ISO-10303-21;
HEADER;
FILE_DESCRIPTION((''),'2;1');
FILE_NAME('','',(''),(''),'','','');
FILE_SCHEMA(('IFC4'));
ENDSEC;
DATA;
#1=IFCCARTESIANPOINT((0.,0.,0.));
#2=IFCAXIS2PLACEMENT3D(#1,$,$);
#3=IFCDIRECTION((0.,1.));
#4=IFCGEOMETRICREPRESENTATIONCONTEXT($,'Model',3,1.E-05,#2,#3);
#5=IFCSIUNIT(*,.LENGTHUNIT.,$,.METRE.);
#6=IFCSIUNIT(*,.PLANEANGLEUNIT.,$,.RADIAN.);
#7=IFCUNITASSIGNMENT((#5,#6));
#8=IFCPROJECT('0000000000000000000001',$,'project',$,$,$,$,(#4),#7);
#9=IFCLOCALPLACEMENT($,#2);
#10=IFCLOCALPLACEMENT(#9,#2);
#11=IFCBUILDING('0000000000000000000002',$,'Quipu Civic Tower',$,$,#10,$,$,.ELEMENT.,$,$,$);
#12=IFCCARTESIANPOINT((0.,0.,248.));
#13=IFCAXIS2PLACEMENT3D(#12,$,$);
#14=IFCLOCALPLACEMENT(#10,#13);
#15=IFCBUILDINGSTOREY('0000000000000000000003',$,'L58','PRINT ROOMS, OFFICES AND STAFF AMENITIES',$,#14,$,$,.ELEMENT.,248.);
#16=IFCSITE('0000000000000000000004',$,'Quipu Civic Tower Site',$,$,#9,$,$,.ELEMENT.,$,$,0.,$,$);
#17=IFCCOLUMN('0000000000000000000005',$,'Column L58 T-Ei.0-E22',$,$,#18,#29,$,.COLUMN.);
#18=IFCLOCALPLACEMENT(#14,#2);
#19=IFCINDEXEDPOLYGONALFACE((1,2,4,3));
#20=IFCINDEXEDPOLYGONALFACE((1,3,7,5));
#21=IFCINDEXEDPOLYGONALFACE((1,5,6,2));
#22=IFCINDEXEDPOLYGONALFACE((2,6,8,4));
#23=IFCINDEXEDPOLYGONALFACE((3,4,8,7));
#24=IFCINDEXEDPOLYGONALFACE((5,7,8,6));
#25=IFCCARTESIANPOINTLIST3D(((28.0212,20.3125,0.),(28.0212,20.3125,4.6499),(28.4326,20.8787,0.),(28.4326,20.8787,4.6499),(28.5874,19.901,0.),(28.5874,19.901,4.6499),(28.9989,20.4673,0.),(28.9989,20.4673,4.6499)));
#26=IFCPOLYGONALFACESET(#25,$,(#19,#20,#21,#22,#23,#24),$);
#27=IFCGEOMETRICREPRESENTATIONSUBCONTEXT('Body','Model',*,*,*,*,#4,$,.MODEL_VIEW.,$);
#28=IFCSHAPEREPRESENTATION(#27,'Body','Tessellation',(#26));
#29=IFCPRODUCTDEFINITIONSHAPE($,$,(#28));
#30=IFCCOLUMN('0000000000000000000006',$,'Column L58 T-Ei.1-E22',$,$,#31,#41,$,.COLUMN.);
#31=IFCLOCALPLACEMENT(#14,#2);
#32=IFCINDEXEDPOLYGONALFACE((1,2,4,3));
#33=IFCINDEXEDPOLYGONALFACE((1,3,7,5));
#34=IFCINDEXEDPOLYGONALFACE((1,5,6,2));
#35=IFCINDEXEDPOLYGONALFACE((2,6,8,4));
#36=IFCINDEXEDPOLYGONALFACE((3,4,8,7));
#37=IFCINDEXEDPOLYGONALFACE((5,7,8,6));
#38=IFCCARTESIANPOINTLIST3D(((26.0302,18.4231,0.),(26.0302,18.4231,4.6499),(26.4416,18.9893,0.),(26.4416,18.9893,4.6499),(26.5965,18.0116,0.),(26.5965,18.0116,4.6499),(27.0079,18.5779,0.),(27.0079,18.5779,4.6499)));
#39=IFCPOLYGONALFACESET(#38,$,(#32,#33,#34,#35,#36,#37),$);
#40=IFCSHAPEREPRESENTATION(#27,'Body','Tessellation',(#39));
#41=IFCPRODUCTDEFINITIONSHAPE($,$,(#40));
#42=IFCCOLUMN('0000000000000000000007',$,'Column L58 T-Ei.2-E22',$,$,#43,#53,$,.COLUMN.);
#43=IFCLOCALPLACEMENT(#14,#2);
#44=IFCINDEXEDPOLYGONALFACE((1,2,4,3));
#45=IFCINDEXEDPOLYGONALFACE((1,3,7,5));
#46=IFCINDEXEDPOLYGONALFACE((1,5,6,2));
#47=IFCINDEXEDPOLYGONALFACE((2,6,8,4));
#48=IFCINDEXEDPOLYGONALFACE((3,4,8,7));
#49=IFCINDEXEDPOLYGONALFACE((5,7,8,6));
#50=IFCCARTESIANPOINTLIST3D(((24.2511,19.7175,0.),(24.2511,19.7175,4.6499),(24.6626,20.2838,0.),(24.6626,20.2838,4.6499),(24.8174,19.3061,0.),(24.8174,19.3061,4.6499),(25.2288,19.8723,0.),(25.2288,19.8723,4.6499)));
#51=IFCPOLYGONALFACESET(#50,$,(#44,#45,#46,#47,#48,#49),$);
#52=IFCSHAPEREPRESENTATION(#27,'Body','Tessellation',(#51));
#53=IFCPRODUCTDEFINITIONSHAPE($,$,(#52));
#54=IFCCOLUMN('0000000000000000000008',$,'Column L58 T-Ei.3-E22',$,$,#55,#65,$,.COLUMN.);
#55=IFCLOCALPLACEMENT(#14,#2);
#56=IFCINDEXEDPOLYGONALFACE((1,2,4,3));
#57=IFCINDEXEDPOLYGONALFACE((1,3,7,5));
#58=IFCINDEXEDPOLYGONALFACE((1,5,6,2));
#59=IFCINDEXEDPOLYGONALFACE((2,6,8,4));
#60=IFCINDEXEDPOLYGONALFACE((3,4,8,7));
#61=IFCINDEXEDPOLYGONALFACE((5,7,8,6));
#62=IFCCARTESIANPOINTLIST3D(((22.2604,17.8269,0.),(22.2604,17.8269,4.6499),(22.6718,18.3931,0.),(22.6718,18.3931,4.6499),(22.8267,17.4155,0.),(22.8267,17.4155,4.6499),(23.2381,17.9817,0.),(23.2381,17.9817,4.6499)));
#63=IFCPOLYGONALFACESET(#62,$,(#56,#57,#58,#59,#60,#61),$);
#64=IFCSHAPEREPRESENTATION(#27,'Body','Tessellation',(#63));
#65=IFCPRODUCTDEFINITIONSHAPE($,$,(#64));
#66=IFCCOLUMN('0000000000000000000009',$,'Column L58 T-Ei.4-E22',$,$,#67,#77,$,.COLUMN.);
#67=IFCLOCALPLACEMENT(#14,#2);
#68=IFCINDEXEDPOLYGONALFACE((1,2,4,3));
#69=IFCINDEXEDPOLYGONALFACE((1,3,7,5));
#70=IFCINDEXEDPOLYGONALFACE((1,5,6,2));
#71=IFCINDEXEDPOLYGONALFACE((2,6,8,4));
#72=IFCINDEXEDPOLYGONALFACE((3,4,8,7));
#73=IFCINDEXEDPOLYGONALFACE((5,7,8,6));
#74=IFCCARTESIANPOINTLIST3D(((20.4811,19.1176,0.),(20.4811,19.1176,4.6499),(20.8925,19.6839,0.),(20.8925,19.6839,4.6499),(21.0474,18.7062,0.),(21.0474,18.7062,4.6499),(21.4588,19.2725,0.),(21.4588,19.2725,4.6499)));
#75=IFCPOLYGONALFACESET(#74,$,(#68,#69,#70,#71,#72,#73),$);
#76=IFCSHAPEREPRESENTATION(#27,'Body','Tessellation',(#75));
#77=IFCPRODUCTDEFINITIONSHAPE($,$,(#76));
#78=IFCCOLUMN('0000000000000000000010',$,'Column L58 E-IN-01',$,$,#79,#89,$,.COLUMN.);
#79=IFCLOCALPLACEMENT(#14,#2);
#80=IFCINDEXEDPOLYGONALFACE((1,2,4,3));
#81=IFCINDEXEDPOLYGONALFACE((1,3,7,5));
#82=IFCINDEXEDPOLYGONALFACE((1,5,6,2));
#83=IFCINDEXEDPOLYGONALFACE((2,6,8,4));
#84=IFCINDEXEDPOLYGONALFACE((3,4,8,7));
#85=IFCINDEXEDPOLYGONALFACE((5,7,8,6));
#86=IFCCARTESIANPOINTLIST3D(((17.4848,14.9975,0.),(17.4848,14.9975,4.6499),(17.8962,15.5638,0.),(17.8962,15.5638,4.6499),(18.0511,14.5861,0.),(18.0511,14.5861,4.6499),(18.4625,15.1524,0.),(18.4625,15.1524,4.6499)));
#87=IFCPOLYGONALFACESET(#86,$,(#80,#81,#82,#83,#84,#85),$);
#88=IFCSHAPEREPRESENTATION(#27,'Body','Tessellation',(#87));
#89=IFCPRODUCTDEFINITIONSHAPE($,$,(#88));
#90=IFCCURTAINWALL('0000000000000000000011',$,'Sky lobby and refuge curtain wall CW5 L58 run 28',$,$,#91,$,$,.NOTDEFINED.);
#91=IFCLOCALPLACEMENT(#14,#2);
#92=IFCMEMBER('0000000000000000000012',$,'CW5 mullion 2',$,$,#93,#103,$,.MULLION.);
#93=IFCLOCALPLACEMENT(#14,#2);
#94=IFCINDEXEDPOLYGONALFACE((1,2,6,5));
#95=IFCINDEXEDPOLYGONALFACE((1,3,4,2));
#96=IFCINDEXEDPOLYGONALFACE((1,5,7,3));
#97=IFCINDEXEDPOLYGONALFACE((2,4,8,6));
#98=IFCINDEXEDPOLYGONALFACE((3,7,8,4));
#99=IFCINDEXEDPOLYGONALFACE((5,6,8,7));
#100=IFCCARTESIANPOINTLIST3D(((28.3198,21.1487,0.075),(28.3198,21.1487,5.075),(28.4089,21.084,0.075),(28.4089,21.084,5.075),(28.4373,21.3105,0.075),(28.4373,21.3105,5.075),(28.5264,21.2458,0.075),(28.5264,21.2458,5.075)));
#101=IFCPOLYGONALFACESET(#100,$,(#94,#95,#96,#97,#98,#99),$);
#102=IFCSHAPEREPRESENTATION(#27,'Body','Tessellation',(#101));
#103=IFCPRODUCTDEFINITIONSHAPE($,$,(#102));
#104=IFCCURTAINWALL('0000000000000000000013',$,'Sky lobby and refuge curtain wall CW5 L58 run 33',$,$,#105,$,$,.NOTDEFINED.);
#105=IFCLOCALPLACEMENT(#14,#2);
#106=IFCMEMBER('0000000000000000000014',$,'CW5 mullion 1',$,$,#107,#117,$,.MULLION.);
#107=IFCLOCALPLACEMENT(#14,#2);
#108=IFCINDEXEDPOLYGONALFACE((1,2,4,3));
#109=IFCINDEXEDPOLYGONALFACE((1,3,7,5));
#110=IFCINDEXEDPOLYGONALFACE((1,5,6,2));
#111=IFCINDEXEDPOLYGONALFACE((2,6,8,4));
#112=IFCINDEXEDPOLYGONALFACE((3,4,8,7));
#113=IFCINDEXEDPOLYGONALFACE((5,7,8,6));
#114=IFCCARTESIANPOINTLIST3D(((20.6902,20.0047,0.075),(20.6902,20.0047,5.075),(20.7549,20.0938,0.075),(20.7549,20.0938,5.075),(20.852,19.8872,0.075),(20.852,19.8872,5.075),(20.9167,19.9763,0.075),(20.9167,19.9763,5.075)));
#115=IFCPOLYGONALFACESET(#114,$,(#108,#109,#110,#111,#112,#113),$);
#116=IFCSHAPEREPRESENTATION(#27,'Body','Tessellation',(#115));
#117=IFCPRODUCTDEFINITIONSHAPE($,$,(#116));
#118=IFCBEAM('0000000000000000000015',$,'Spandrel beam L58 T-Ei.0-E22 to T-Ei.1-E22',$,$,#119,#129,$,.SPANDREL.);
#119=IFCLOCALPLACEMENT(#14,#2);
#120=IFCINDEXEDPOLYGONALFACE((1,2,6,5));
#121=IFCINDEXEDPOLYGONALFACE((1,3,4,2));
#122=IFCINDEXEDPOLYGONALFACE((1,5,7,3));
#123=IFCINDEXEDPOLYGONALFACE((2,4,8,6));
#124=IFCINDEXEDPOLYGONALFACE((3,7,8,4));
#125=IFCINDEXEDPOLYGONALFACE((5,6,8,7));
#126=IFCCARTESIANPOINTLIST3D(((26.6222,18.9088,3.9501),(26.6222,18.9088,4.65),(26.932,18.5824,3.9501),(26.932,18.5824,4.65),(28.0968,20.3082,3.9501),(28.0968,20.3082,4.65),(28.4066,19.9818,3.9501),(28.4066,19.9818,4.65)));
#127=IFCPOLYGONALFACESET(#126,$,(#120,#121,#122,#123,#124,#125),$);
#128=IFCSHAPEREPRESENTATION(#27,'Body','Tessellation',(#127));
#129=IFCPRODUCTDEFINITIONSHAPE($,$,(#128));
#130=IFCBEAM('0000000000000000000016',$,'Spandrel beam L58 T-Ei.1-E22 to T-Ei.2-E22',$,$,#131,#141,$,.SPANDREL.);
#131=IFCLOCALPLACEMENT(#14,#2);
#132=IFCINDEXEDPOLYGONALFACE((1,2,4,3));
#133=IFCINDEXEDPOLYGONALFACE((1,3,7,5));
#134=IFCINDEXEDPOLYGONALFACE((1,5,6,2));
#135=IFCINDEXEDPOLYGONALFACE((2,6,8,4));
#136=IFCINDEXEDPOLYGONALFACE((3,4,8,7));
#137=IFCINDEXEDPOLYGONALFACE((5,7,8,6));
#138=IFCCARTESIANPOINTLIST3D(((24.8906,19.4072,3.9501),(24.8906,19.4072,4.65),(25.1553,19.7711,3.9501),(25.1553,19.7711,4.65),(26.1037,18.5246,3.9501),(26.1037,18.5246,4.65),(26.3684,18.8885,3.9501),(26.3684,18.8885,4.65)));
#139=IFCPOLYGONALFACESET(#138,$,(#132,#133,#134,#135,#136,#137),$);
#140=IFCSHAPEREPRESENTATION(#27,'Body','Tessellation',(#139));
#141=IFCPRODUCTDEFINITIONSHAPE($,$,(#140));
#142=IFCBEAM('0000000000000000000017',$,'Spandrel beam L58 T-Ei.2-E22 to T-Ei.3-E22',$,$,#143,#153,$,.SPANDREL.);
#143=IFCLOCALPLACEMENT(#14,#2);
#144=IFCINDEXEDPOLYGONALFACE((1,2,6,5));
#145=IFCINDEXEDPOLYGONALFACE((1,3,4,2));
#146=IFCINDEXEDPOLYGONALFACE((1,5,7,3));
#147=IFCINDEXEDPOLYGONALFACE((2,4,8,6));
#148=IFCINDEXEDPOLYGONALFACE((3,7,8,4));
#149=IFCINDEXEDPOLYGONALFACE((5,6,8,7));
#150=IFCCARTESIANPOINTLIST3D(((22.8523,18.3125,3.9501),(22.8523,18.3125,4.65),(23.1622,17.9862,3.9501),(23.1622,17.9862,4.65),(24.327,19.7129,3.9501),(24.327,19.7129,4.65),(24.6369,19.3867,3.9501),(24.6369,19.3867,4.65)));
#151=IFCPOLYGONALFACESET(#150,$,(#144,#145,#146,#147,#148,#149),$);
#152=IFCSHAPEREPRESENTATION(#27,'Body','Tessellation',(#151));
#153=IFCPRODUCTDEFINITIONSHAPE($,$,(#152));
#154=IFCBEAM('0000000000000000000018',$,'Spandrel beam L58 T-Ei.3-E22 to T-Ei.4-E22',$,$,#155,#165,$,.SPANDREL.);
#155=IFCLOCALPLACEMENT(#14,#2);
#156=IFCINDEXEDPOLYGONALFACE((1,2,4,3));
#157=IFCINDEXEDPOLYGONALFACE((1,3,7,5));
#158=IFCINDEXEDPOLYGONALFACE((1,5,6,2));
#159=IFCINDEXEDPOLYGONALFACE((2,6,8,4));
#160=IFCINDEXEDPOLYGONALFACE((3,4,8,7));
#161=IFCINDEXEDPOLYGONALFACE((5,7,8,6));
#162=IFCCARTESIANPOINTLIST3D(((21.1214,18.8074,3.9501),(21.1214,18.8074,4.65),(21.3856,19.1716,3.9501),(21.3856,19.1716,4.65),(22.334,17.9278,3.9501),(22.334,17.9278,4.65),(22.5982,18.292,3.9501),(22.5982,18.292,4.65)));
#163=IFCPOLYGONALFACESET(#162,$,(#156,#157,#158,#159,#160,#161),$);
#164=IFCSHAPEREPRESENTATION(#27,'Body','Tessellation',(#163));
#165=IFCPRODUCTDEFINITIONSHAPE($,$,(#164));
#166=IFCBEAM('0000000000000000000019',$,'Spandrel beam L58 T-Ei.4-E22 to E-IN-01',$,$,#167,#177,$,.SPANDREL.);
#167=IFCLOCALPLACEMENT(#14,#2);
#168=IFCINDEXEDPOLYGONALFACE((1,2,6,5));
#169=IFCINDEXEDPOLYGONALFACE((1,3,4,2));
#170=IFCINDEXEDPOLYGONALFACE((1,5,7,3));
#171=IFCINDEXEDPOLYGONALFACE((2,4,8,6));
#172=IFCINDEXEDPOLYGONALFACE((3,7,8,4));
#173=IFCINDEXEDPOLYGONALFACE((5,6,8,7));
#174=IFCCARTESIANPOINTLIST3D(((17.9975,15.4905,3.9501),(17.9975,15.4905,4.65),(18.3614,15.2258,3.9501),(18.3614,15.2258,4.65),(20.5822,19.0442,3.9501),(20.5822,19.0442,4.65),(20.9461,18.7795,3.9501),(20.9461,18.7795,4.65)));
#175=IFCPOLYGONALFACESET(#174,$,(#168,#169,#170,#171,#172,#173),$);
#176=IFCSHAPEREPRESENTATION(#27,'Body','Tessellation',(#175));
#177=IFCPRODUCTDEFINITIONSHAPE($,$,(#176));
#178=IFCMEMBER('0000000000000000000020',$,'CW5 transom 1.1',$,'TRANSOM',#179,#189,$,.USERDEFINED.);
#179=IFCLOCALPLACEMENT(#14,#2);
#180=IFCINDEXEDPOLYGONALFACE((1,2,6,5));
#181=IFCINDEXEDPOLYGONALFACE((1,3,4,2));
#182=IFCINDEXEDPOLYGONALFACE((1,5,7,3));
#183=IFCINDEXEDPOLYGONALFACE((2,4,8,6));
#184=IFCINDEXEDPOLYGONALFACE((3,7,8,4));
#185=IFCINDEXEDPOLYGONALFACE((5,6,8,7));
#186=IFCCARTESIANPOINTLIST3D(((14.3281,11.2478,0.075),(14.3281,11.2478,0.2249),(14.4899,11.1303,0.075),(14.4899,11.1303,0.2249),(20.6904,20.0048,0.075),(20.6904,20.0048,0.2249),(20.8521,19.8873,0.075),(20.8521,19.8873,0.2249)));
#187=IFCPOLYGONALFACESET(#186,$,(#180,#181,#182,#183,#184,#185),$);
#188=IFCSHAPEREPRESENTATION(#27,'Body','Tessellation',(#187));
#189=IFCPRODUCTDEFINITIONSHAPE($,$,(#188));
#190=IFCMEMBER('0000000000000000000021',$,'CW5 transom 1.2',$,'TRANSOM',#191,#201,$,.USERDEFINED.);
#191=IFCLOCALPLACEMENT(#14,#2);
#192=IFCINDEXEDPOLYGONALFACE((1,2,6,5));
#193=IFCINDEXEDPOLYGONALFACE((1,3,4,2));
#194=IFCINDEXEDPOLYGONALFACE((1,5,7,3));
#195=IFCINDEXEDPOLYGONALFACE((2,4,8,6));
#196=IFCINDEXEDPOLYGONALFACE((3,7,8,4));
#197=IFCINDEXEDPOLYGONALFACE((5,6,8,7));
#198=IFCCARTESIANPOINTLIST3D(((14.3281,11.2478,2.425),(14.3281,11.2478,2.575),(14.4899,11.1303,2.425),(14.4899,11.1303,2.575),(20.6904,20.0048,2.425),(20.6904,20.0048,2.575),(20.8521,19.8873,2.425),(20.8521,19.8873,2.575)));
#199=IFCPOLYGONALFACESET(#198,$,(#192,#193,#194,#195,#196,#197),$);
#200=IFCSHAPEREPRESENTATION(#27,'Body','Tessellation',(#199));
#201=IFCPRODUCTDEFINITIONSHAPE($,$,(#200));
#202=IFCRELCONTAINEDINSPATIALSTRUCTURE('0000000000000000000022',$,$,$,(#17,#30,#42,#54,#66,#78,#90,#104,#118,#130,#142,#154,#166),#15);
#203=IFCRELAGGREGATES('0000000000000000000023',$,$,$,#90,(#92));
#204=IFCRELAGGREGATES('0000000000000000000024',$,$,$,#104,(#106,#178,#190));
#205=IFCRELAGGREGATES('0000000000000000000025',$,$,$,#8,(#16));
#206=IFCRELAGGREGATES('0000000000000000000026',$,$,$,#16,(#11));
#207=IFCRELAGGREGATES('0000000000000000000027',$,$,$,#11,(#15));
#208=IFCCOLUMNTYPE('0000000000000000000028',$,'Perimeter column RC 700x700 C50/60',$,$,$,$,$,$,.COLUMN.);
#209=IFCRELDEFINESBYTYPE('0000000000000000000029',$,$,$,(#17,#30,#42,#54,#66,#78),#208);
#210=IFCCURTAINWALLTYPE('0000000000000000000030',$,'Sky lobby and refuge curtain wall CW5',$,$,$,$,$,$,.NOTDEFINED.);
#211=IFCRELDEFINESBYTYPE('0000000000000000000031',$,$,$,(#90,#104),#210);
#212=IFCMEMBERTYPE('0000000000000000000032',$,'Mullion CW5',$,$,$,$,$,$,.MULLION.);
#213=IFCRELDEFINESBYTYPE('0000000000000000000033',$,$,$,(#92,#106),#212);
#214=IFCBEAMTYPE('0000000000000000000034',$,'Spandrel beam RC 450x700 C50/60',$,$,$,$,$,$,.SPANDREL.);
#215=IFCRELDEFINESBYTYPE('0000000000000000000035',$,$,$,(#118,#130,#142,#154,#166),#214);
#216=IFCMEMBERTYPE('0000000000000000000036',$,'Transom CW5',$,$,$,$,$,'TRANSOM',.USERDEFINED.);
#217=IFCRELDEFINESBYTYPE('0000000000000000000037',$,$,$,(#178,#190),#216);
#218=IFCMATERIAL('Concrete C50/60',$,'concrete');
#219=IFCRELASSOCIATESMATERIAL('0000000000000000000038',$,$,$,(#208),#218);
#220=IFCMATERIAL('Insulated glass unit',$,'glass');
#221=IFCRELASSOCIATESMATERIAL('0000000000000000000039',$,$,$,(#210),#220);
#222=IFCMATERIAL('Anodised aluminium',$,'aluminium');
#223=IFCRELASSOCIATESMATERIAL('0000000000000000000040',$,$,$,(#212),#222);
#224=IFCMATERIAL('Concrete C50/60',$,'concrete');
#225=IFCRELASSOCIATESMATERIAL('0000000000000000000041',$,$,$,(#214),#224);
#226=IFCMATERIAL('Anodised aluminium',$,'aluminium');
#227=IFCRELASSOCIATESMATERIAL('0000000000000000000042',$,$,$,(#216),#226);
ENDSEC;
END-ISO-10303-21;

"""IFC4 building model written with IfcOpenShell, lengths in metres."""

from ifc_helpers import new_model, si_unit, direction, frame, origin, origin_2d, place, context, subcontext, project, spatial, rectangle, extrude, material, material_profile, profile_set, type_object, element, aggregate, save


model = new_model("IFC4")

# Units and contexts
model_context = context("Model", 3, precision=1e-05, world=origin(), true_north=direction((0.0, 1.0)))
body_context = subcontext(model_context, "Body", "Model", "MODEL_VIEW")
ifc_project = project(units=[si_unit("LENGTHUNIT", "METRE"), si_unit("PLANEANGLEUNIT", "RADIAN")], contexts=[model_context])

# Site, building, storey
site_placement = place(None, origin())
site = spatial("IfcSite", under=ifc_project, at=site_placement, Name="Quipu Civic Tower Site", CompositionType="ELEMENT", RefElevation=0.0)
building_placement = place(site_placement, origin())
building = spatial("IfcBuilding", under=site, at=building_placement, Name="Quipu Civic Tower", CompositionType="ELEMENT")
storey_placement = place(building_placement, frame((0.0, 0.0, 248.0)))
storey = spatial("IfcBuildingStorey", under=building, at=storey_placement, Name="L58", Description="PRINT ROOMS, OFFICES AND STAFF AMENITIES", CompositionType="ELEMENT", Elevation=248.0)

# Columns
ifc_material_1 = material(Name="Concrete C50/60", Category="concrete")
ifc_material_profile_1 = material_profile(ifc_material_1, rectangle(XDim=0.7, YDim=0.7, at=origin_2d()), Name="RC700x700")
ifc_profile_set_1 = profile_set([ifc_material_profile_1], Name="Concrete C50/60")
column_type = type_object("IfcColumnType", Name="Perimeter column RC 700x700 C50/60", PredefinedType="COLUMN", material=ifc_profile_set_1)
for number, where, z_axis, x_axis, name in (
    (1, (28.51, 20.3899, 0.0), (0.0, 0.0, 1.0), (-0.587785, -0.809017, 0.0), "Column L58 T-Ei.0-E22"),
    (2, (26.519, 18.5005, 0.0), (0.0, 0.0, 1.0), (-0.809017, 0.587785, 0.0), "Column L58 T-Ei.1-E22"),
    (3, (24.74, 19.7949, 0.0), (0.0, 0.0, 1.0), (-0.587785, -0.809017, 0.0), "Column L58 T-Ei.2-E22"),
    (4, (22.7493, 17.9043, 0.0), (0.0, 0.0, 1.0), (-0.587785, -0.809017, 0.0), "Column L58 T-Ei.3-E22"),
    (5, (20.97, 19.1951, 0.0), (0.0, 0.0, 1.0), (-0.587785, -0.809017, 0.0), "Column L58 T-Ei.4-E22"),
    (6, (17.9736, 15.075, 0.0), (0.0, 0.0, 1.0), (-0.587785, -0.809017, 0.0), "Column L58 E-IN-01"),
):
    element("IfcColumn", number, at=place(storey_placement, frame(where, z_axis=z_axis, x_axis=x_axis)), inside=storey, type_object=column_type, Name=name, PredefinedType="COLUMN", context=body_context, shape_type="SweptSolid", body=[
        extrude(rectangle(XDim=0.7, YDim=0.7, at=origin_2d()), origin(), (0.0, 0.0, 1.0), 4.6499),
    ])

# Curtain walls, members
ifc_material_2 = material(Name="Insulated glass unit", Category="glass")
curtain_wall_type = type_object("IfcCurtainWallType", Name="Sky lobby and refuge curtain wall CW5", PredefinedType="NOTDEFINED", material=ifc_material_2)
curtain_wall_1_placement = place(storey_placement, origin())
curtain_wall_1 = element("IfcCurtainWall", 7, at=curtain_wall_1_placement, inside=storey, type_object=curtain_wall_type, Name="Sky lobby and refuge curtain wall CW5 L58 run 28", PredefinedType="NOTDEFINED")
ifc_material_3 = material(Name="Anodised aluminium", Category="aluminium")
ifc_material_profile_2 = material_profile(ifc_material_3, rectangle(XDim=0.2, YDim=0.1101, at=origin_2d()), Name="RECT 200x110")
ifc_profile_set_2 = profile_set([ifc_material_profile_2], Name="Anodised aluminium")
member_type_1 = type_object("IfcMemberType", Name="Mullion CW5", PredefinedType="MULLION", material=ifc_profile_set_2)
member_1_placement = place(storey_placement, frame((28.4231, 21.1973, 0.075), z_axis=(0.0, 0.0, 1.0), x_axis=(-0.587788, -0.809015, 0.0)))
member_1 = element("IfcMember", 8, at=member_1_placement, type_object=member_type_1, Name="CW5 mullion 2", PredefinedType="MULLION", context=body_context, shape_type="SweptSolid", body=[
    extrude(rectangle(XDim=0.2, YDim=0.1101, at=origin_2d()), origin(), (0.0, 0.0, 1.0), 5.0),
])
aggregate(curtain_wall_1, [member_1])
curtain_wall_2_placement = place(storey_placement, origin())
curtain_wall_2 = element("IfcCurtainWall", 9, at=curtain_wall_2_placement, inside=storey, type_object=curtain_wall_type, Name="Sky lobby and refuge curtain wall CW5 L58 run 33", PredefinedType="NOTDEFINED")
member_2_placement = place(storey_placement, frame((20.8035, 19.9905, 0.075), z_axis=(0.0, 0.0, 1.0), x_axis=(0.809015, -0.587788, 0.0)))
member_2 = element("IfcMember", 10, at=member_2_placement, type_object=member_type_1, Name="CW5 mullion 1", PredefinedType="MULLION", context=body_context, shape_type="SweptSolid", body=[
    extrude(rectangle(XDim=0.2, YDim=0.1101, at=origin_2d()), origin(), (0.0, 0.0, 1.0), 5.0),
])

# Beams
ifc_material_4 = material(Name="Concrete C50/60", Category="concrete")
ifc_material_profile_3 = material_profile(ifc_material_4, rectangle(XDim=0.45, YDim=0.7, at=origin_2d()), Name="RC450x700")
ifc_profile_set_3 = profile_set([ifc_material_profile_3], Name="Concrete C50/60")
beam_type = type_object("IfcBeamType", Name="Spandrel beam RC 450x700 C50/60", PredefinedType="SPANDREL", material=ifc_profile_set_3)
beam_1_placement = place(storey_placement, frame((28.2517, 20.145, 4.3), z_axis=(-0.725359, -0.688371, 0.0), x_axis=(0.688371, -0.725359, 0.0)))
element("IfcBeam", 11, at=beam_1_placement, inside=storey, type_object=beam_type, Name="Spandrel beam L58 T-Ei.0-E22 to T-Ei.1-E22", PredefinedType="SPANDREL", context=body_context, shape_type="SweptSolid", body=[
    extrude(rectangle(XDim=0.45, YDim=0.7, at=origin_2d()), origin(), (0.0, 0.0, 1.0), 2.033),
])
beam_2_placement = place(storey_placement, frame((26.2361, 18.7065, 4.3), z_axis=(-0.808645, 0.588297, 0.0), x_axis=(-0.588297, -0.808645, 0.0)))
element("IfcBeam", 12, at=beam_2_placement, inside=storey, type_object=beam_type, Name="Spandrel beam L58 T-Ei.1-E22 to T-Ei.2-E22", PredefinedType="SPANDREL", context=body_context, shape_type="SweptSolid", body=[
    extrude(rectangle(XDim=0.45, YDim=0.7, at=origin_2d()), origin(), (0.0, 0.0, 1.0), 1.5002),
])
beam_3_placement = place(storey_placement, frame((24.4819, 19.5498, 4.3), z_axis=(-0.725119, -0.688623, 0.0), x_axis=(0.688623, -0.725119, 0.0)))
element("IfcBeam", 13, at=beam_3_placement, inside=storey, type_object=beam_type, Name="Spandrel beam L58 T-Ei.2-E22 to T-Ei.3-E22", PredefinedType="SPANDREL", context=body_context, shape_type="SweptSolid", body=[
    extrude(rectangle(XDim=0.45, YDim=0.7, at=origin_2d()), origin(), (0.0, 0.0, 1.0), 2.0337),
])
beam_4_placement = place(storey_placement, frame((22.4661, 18.1099, 4.3), z_axis=(-0.809461, 0.587173, 0.0), x_axis=(-0.587173, -0.809461, 0.0)))
element("IfcBeam", 14, at=beam_4_placement, inside=storey, type_object=beam_type, Name="Spandrel beam L58 T-Ei.3-E22 to T-Ei.4-E22", PredefinedType="SPANDREL", context=body_context, shape_type="SweptSolid", body=[
    extrude(rectangle(XDim=0.45, YDim=0.7, at=origin_2d()), origin(), (0.0, 0.0, 1.0), 1.498),
])
beam_5_placement = place(storey_placement, frame((20.7642, 18.9119, 4.3), z_axis=(-0.588201, -0.808714, 0.0), x_axis=(0.808714, -0.588201, 0.0)))
element("IfcBeam", 15, at=beam_5_placement, inside=storey, type_object=beam_type, Name="Spandrel beam L58 T-Ei.4-E22 to E-IN-01", PredefinedType="SPANDREL", context=body_context, shape_type="SweptSolid", body=[
    extrude(rectangle(XDim=0.45, YDim=0.7, at=origin_2d()), origin(), (0.0, 0.0, 1.0), 4.3943),
])

# Members
ifc_material_5 = material(Name="Anodised aluminium", Category="aluminium")
ifc_material_profile_4 = material_profile(ifc_material_5, rectangle(XDim=0.2, YDim=0.1499, at=origin_2d()), Name="RECT 200x150")
ifc_profile_set_4 = profile_set([ifc_material_profile_4], Name="Anodised aluminium")
member_type_2 = type_object("IfcMemberType", Name="Transom CW5", ElementType="TRANSOM", PredefinedType="USERDEFINED", material=ifc_profile_set_4)
member_3_placement = place(storey_placement, frame((20.7712, 19.946, 0.1499), z_axis=(-0.58778, -0.809021, 0.0), x_axis=(0.809021, -0.58778, 0.0)))
member_3 = element("IfcMember", 16, at=member_3_placement, type_object=member_type_2, Name="CW5 transom 1.1", ObjectType="TRANSOM", PredefinedType="USERDEFINED", context=body_context, shape_type="SweptSolid", body=[
    extrude(rectangle(XDim=0.2, YDim=0.1499, at=origin_2d()), origin(), (0.0, 0.0, 1.0), 10.8242),
])
member_4_placement = place(storey_placement, frame((20.7712, 19.946, 2.5), z_axis=(-0.58778, -0.809021, 0.0), x_axis=(0.809021, -0.58778, 0.0)))
member_4 = element("IfcMember", 17, at=member_4_placement, type_object=member_type_2, Name="CW5 transom 1.2", ObjectType="TRANSOM", PredefinedType="USERDEFINED", context=body_context, shape_type="SweptSolid", body=[
    extrude(rectangle(XDim=0.2, YDim=0.1499, at=origin_2d()), origin(), (0.0, 0.0, 1.0), 10.8242),
])
aggregate(curtain_wall_2, [member_2, member_3, member_4])

save(model, "model.ifc")
